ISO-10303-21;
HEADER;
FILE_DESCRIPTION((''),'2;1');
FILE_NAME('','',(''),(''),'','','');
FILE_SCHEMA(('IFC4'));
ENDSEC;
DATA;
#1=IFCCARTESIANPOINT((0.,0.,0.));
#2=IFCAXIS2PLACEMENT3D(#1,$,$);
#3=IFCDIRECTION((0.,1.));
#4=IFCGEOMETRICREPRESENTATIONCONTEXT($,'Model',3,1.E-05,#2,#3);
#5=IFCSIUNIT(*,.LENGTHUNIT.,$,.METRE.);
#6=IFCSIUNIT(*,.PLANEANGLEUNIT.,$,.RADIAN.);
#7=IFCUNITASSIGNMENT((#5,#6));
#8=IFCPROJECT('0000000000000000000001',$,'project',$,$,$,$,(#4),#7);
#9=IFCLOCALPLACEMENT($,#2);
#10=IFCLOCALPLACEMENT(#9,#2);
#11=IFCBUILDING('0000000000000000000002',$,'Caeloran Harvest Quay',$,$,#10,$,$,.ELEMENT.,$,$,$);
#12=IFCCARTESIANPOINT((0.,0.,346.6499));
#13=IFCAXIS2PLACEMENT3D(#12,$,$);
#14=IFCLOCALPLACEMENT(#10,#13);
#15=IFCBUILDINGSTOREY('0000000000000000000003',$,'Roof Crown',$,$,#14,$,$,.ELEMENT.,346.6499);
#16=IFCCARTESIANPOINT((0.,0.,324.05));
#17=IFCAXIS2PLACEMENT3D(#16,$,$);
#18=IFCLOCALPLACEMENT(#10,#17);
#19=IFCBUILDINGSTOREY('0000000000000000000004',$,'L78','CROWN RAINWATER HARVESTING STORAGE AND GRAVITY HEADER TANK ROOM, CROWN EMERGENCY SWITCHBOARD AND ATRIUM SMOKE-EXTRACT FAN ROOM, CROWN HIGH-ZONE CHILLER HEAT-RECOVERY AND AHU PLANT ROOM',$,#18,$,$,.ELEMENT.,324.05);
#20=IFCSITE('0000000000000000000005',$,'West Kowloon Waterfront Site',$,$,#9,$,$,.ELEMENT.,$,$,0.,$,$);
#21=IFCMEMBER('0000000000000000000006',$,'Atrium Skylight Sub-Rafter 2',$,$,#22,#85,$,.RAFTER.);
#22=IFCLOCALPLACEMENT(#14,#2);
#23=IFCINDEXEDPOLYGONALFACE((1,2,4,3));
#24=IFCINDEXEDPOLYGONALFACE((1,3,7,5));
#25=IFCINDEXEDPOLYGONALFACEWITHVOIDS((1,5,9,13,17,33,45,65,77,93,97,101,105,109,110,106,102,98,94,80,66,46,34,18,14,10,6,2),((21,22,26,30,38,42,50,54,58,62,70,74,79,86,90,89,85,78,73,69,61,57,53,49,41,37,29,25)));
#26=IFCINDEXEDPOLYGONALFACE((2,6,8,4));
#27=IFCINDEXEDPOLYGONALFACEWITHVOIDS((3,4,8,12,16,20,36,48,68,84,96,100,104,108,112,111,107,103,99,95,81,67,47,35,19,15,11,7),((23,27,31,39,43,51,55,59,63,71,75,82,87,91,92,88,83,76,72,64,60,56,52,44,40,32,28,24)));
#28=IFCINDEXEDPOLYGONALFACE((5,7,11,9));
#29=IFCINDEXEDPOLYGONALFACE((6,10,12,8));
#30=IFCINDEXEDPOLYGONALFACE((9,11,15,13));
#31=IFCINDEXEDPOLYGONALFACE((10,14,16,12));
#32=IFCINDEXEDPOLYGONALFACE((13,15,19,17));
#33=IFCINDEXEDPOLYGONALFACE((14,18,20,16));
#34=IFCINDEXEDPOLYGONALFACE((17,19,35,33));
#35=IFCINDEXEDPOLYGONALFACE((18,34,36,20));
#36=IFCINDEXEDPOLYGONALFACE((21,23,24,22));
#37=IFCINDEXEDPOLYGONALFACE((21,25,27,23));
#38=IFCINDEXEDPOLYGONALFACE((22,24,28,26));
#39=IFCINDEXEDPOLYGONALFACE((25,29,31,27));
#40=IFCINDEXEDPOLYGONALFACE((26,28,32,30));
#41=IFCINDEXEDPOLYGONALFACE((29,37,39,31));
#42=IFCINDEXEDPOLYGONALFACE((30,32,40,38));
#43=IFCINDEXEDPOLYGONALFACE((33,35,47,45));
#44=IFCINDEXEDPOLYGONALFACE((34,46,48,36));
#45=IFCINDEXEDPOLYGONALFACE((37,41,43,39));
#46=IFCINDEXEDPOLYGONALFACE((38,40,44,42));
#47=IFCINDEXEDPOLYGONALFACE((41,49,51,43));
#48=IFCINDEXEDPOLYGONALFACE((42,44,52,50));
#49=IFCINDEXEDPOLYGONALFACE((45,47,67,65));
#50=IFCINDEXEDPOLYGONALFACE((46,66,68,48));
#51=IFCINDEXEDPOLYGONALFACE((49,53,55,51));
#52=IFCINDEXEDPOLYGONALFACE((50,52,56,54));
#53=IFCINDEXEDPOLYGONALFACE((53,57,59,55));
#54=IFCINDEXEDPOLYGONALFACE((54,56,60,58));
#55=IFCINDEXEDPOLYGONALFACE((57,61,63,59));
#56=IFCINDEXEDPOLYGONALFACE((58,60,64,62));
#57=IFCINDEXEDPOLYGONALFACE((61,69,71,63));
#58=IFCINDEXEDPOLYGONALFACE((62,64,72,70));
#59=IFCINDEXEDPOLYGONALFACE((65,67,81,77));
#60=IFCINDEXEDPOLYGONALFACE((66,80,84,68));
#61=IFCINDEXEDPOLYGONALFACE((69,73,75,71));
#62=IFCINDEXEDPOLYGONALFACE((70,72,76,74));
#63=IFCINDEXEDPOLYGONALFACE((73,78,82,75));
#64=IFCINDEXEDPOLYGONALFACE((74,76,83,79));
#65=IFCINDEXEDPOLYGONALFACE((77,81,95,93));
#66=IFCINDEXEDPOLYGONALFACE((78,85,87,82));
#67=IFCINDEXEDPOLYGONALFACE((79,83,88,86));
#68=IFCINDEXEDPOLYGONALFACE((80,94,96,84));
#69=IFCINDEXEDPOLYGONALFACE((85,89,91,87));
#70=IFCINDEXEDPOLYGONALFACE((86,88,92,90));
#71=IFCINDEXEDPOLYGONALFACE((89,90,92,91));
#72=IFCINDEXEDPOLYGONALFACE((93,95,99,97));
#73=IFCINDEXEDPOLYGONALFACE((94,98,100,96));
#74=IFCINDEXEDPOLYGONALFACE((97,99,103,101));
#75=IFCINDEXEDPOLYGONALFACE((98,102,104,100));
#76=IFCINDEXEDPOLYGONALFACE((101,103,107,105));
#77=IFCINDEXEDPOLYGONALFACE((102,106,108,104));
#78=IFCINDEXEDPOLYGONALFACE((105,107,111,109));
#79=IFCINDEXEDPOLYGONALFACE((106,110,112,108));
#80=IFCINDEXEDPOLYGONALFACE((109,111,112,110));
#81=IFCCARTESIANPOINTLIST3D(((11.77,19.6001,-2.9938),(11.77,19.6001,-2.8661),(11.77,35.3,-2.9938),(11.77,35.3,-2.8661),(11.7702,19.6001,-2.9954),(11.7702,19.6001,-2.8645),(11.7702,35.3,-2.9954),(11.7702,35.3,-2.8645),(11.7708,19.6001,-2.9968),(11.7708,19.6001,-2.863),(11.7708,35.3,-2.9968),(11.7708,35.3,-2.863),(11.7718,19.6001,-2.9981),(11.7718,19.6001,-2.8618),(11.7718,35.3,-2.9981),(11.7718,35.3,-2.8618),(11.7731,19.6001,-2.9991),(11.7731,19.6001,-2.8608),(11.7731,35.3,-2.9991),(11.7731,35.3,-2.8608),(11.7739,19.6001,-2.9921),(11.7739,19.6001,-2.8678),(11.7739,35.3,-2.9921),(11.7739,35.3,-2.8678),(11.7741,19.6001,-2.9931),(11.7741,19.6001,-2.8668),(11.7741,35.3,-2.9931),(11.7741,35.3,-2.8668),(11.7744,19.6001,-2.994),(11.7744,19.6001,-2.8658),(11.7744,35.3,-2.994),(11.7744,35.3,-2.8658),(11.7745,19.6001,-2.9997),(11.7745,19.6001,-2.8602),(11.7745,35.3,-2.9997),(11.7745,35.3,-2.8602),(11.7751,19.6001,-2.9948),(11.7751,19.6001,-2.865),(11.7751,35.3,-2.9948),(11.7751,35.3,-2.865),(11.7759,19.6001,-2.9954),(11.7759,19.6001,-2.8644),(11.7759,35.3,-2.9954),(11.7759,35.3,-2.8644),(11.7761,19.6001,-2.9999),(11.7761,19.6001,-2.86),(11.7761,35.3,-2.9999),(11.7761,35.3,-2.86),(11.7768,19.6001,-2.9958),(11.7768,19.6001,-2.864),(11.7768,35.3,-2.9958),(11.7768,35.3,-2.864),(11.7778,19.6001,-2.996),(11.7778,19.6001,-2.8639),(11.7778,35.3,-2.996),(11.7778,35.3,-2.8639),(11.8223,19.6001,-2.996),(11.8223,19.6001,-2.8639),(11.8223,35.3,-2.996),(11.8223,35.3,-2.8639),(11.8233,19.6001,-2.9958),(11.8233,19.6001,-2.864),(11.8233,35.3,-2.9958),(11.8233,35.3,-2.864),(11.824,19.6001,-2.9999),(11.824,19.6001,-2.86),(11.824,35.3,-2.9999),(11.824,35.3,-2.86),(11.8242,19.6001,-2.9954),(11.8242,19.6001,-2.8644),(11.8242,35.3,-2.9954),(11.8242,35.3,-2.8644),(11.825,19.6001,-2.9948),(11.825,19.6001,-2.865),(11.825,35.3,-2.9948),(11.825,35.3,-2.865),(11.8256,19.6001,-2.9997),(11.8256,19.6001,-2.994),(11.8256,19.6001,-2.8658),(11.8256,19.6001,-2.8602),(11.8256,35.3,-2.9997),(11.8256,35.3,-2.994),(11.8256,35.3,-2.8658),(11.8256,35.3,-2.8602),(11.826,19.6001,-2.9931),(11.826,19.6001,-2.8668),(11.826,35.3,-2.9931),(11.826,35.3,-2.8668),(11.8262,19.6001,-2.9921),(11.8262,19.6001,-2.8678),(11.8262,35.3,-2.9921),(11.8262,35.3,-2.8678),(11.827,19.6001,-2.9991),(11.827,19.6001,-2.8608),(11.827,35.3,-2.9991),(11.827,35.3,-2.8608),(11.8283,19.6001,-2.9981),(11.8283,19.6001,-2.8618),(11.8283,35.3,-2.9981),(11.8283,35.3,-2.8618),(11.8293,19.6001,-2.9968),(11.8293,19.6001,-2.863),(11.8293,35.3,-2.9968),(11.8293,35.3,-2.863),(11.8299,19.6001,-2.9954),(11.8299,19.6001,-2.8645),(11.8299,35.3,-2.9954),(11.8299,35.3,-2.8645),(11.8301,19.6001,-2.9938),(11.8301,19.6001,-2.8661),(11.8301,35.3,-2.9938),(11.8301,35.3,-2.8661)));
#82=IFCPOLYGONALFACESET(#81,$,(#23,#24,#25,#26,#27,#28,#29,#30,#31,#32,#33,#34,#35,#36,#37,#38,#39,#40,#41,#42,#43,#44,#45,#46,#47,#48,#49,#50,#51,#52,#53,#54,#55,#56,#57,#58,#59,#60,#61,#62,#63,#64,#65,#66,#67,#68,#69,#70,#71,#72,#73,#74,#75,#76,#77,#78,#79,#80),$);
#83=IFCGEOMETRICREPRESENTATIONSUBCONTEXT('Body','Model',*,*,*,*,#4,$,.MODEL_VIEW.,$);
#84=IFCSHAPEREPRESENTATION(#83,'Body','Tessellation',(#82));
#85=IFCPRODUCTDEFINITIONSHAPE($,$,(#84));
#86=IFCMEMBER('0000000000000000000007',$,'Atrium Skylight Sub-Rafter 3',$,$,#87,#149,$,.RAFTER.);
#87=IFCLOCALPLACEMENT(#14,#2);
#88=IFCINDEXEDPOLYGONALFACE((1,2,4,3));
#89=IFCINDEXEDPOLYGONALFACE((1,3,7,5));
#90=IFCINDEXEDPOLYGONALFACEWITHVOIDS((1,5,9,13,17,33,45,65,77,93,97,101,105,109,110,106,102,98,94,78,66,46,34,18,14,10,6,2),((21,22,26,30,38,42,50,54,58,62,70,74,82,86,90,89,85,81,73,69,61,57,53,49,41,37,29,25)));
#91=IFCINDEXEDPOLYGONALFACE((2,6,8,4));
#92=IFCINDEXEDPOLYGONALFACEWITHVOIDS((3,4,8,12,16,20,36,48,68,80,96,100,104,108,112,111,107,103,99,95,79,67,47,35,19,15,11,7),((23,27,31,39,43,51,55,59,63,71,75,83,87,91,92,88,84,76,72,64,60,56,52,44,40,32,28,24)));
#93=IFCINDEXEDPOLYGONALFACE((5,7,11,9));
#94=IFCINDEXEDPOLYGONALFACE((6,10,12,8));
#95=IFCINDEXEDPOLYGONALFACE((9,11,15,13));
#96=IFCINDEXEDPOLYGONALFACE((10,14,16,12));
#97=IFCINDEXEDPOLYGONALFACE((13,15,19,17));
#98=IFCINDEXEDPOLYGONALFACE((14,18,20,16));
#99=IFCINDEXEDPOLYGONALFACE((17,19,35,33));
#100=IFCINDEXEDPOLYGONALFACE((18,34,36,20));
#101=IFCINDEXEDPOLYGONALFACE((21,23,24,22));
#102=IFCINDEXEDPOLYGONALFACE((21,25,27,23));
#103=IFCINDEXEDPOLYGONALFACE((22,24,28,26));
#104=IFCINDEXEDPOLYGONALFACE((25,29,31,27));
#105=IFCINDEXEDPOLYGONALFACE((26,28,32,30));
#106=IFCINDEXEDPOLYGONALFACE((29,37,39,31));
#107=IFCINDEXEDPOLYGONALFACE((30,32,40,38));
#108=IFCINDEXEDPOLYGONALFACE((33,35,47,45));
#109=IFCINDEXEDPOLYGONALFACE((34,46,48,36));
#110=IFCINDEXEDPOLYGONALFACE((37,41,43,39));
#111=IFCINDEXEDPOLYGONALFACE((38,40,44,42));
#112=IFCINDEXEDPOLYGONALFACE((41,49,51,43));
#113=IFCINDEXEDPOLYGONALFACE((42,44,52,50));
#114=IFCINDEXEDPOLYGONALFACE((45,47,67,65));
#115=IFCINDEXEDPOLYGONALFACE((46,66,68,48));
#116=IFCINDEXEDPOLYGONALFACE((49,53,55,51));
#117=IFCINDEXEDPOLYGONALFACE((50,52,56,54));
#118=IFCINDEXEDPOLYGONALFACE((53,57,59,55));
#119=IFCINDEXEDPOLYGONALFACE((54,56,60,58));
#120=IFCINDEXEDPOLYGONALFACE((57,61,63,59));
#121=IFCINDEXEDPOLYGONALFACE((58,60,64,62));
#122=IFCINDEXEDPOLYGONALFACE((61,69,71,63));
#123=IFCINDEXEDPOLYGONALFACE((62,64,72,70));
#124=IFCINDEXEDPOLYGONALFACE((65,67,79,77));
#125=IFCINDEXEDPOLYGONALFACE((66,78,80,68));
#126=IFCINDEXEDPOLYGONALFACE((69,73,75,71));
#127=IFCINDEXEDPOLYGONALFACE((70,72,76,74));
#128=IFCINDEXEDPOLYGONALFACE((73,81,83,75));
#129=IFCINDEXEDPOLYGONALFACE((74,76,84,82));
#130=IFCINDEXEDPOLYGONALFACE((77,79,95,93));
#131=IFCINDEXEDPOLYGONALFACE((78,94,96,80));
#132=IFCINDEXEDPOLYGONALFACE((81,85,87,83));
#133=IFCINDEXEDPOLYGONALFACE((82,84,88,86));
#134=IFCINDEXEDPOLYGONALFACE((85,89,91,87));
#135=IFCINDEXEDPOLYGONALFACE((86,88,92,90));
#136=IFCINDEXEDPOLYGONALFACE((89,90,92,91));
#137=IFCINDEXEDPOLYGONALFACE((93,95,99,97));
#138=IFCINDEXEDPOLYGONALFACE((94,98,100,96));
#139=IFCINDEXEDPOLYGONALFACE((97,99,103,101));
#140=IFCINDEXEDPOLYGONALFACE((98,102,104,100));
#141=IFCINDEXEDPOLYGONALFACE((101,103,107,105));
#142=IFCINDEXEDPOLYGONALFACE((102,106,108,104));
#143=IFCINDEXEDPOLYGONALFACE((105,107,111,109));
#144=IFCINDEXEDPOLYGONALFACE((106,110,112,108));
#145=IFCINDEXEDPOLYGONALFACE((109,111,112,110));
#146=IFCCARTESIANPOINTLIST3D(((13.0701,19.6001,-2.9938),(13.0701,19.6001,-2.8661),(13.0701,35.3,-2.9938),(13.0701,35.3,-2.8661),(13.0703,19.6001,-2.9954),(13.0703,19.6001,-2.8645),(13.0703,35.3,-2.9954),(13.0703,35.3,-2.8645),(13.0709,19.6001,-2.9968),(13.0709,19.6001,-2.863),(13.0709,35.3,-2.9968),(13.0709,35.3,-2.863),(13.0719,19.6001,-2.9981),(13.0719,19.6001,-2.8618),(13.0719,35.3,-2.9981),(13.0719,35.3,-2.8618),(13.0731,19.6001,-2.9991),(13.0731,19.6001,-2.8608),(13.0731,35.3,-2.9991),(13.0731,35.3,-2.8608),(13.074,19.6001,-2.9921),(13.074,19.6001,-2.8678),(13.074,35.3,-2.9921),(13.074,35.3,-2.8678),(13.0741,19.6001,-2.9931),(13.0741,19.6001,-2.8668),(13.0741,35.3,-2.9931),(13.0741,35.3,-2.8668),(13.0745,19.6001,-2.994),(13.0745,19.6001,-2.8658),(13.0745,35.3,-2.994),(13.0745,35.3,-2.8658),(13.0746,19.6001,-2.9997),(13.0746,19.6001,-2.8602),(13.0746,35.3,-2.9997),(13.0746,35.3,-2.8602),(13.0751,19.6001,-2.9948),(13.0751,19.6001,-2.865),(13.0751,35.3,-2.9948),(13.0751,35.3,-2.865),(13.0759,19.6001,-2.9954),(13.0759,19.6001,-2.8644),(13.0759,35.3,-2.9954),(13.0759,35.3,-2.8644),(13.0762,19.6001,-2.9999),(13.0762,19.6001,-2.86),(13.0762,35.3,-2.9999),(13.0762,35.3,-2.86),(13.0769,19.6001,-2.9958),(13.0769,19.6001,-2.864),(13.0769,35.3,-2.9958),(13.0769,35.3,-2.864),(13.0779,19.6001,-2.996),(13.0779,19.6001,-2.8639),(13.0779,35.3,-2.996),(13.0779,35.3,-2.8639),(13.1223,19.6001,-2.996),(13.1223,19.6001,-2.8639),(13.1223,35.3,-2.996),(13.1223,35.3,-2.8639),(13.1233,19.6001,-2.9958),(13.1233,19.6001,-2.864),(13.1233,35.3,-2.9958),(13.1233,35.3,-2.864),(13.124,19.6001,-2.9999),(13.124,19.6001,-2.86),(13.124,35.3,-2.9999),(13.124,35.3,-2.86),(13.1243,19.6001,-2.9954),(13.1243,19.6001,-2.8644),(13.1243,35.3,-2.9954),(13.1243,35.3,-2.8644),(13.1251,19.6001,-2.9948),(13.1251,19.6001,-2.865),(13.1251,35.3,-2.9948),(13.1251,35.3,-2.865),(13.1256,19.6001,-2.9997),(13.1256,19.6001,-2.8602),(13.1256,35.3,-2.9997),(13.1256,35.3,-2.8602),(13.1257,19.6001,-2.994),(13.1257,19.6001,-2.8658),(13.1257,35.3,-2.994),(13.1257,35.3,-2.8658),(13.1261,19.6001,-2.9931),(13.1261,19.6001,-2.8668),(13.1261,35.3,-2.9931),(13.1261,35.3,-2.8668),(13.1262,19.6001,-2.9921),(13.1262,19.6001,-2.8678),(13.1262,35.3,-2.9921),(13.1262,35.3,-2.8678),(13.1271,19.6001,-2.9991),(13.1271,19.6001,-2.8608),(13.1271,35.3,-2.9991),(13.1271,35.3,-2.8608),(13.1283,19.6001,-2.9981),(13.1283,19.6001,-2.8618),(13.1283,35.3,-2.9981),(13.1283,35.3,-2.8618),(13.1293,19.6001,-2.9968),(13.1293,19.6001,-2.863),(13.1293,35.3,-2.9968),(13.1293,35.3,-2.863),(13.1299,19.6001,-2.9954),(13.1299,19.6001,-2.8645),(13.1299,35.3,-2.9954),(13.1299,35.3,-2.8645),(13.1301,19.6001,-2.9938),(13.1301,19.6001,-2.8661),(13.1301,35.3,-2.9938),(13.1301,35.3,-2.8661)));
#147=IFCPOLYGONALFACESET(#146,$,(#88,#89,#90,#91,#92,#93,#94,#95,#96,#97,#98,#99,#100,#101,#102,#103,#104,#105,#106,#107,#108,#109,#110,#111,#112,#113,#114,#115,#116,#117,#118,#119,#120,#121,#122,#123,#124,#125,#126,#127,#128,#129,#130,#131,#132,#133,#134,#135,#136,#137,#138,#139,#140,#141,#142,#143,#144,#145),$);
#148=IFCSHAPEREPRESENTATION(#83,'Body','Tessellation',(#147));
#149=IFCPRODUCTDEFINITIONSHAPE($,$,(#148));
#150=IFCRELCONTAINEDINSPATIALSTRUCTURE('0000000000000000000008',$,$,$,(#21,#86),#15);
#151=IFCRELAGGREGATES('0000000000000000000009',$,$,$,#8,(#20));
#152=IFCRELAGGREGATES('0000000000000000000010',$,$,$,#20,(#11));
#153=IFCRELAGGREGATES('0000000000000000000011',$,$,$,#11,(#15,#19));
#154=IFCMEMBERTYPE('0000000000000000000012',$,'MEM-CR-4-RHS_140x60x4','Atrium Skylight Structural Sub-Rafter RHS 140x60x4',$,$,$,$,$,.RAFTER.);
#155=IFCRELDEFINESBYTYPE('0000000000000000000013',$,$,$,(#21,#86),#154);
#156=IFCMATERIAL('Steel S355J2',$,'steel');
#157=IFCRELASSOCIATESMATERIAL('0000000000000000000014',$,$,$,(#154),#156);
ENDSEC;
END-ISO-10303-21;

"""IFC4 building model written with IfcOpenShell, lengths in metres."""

from ifc_helpers import new_model, si_unit, direction, frame, origin, origin_2d, place, context, subcontext, project, spatial, hollow_rectangle, extrude, material, material_profile, profile_set, type_object, element, save


model = new_model("IFC4")

# Units and contexts
model_context = context("Model", 3, precision=1e-05, world=origin(), true_north=direction((0.0, 1.0)))
body_context = subcontext(model_context, "Body", "Model", "MODEL_VIEW")
ifc_project = project(units=[si_unit("LENGTHUNIT", "METRE"), si_unit("PLANEANGLEUNIT", "RADIAN")], contexts=[model_context])

# Site, building, storey
site_placement = place(None, origin())
site = spatial("IfcSite", under=ifc_project, at=site_placement, Name="West Kowloon Waterfront Site", CompositionType="ELEMENT", RefElevation=0.0)
building_placement = place(site_placement, origin())
building = spatial("IfcBuilding", under=site, at=building_placement, Name="Caeloran Harvest Quay", CompositionType="ELEMENT")
storey_1_placement = place(building_placement, frame((0.0, 0.0, 346.6499)))
storey_1 = spatial("IfcBuildingStorey", under=building, at=storey_1_placement, Name="Roof Crown", CompositionType="ELEMENT", Elevation=346.6499)

# Members
ifc_material_1 = material(Name="Steel S355J2", Category="steel")
ifc_material_profile_1 = material_profile(ifc_material_1, hollow_rectangle(XDim=0.0601, YDim=0.1399, WallThickness=0.0039, InnerFilletRadius=0.0039, OuterFilletRadius=0.0061, at=origin_2d()), Name="RHS 140x60x4")
ifc_profile_set_1 = profile_set([ifc_material_profile_1], Name="Steel S355J2")
member_type_1 = type_object("IfcMemberType", Name="MEM-CR-4-RHS_140x60x4", Description="Atrium Skylight Structural Sub-Rafter RHS 140x60x4", PredefinedType="RAFTER", material=ifc_profile_set_1)
for number, where, z_axis, x_axis, name in (
    (1, (11.8, 19.6001, -2.9299), (0.0, 1.0, 0.0), (-1.0, 0.0, 0.0), "Atrium Skylight Sub-Rafter 2"),
    (2, (13.1001, 19.6001, -2.9299), (0.0, 1.0, 0.0), (-1.0, 0.0, 0.0), "Atrium Skylight Sub-Rafter 3"),
):
    element("IfcMember", number, at=place(storey_1_placement, frame(where, z_axis=z_axis, x_axis=x_axis)), inside=storey_1, type_object=member_type_1, Name=name, PredefinedType="RAFTER", context=body_context, shape_type="SweptSolid", body=[
        extrude(hollow_rectangle(XDim=0.0601, YDim=0.1399, WallThickness=0.0039, InnerFilletRadius=0.0039, OuterFilletRadius=0.0061, at=origin_2d()), origin(), (0.0, 0.0, 1.0), 15.7),
    ])

# Shared definitions
storey_2_placement = place(building_placement, frame((0.0, 0.0, 324.05)))
storey_2 = spatial("IfcBuildingStorey", under=building, at=storey_2_placement, Name="L78", Description="CROWN RAINWATER HARVESTING STORAGE AND GRAVITY HEADER TANK ROOM, CROWN EMERGENCY SWITCHBOARD AND ATRIUM SMOKE-EXTRACT FAN ROOM, CROWN HIGH-ZONE CHILLER HEAT-RECOVERY AND AHU PLANT ROOM", CompositionType="ELEMENT", Elevation=324.05)

save(model, "model.ifc")
